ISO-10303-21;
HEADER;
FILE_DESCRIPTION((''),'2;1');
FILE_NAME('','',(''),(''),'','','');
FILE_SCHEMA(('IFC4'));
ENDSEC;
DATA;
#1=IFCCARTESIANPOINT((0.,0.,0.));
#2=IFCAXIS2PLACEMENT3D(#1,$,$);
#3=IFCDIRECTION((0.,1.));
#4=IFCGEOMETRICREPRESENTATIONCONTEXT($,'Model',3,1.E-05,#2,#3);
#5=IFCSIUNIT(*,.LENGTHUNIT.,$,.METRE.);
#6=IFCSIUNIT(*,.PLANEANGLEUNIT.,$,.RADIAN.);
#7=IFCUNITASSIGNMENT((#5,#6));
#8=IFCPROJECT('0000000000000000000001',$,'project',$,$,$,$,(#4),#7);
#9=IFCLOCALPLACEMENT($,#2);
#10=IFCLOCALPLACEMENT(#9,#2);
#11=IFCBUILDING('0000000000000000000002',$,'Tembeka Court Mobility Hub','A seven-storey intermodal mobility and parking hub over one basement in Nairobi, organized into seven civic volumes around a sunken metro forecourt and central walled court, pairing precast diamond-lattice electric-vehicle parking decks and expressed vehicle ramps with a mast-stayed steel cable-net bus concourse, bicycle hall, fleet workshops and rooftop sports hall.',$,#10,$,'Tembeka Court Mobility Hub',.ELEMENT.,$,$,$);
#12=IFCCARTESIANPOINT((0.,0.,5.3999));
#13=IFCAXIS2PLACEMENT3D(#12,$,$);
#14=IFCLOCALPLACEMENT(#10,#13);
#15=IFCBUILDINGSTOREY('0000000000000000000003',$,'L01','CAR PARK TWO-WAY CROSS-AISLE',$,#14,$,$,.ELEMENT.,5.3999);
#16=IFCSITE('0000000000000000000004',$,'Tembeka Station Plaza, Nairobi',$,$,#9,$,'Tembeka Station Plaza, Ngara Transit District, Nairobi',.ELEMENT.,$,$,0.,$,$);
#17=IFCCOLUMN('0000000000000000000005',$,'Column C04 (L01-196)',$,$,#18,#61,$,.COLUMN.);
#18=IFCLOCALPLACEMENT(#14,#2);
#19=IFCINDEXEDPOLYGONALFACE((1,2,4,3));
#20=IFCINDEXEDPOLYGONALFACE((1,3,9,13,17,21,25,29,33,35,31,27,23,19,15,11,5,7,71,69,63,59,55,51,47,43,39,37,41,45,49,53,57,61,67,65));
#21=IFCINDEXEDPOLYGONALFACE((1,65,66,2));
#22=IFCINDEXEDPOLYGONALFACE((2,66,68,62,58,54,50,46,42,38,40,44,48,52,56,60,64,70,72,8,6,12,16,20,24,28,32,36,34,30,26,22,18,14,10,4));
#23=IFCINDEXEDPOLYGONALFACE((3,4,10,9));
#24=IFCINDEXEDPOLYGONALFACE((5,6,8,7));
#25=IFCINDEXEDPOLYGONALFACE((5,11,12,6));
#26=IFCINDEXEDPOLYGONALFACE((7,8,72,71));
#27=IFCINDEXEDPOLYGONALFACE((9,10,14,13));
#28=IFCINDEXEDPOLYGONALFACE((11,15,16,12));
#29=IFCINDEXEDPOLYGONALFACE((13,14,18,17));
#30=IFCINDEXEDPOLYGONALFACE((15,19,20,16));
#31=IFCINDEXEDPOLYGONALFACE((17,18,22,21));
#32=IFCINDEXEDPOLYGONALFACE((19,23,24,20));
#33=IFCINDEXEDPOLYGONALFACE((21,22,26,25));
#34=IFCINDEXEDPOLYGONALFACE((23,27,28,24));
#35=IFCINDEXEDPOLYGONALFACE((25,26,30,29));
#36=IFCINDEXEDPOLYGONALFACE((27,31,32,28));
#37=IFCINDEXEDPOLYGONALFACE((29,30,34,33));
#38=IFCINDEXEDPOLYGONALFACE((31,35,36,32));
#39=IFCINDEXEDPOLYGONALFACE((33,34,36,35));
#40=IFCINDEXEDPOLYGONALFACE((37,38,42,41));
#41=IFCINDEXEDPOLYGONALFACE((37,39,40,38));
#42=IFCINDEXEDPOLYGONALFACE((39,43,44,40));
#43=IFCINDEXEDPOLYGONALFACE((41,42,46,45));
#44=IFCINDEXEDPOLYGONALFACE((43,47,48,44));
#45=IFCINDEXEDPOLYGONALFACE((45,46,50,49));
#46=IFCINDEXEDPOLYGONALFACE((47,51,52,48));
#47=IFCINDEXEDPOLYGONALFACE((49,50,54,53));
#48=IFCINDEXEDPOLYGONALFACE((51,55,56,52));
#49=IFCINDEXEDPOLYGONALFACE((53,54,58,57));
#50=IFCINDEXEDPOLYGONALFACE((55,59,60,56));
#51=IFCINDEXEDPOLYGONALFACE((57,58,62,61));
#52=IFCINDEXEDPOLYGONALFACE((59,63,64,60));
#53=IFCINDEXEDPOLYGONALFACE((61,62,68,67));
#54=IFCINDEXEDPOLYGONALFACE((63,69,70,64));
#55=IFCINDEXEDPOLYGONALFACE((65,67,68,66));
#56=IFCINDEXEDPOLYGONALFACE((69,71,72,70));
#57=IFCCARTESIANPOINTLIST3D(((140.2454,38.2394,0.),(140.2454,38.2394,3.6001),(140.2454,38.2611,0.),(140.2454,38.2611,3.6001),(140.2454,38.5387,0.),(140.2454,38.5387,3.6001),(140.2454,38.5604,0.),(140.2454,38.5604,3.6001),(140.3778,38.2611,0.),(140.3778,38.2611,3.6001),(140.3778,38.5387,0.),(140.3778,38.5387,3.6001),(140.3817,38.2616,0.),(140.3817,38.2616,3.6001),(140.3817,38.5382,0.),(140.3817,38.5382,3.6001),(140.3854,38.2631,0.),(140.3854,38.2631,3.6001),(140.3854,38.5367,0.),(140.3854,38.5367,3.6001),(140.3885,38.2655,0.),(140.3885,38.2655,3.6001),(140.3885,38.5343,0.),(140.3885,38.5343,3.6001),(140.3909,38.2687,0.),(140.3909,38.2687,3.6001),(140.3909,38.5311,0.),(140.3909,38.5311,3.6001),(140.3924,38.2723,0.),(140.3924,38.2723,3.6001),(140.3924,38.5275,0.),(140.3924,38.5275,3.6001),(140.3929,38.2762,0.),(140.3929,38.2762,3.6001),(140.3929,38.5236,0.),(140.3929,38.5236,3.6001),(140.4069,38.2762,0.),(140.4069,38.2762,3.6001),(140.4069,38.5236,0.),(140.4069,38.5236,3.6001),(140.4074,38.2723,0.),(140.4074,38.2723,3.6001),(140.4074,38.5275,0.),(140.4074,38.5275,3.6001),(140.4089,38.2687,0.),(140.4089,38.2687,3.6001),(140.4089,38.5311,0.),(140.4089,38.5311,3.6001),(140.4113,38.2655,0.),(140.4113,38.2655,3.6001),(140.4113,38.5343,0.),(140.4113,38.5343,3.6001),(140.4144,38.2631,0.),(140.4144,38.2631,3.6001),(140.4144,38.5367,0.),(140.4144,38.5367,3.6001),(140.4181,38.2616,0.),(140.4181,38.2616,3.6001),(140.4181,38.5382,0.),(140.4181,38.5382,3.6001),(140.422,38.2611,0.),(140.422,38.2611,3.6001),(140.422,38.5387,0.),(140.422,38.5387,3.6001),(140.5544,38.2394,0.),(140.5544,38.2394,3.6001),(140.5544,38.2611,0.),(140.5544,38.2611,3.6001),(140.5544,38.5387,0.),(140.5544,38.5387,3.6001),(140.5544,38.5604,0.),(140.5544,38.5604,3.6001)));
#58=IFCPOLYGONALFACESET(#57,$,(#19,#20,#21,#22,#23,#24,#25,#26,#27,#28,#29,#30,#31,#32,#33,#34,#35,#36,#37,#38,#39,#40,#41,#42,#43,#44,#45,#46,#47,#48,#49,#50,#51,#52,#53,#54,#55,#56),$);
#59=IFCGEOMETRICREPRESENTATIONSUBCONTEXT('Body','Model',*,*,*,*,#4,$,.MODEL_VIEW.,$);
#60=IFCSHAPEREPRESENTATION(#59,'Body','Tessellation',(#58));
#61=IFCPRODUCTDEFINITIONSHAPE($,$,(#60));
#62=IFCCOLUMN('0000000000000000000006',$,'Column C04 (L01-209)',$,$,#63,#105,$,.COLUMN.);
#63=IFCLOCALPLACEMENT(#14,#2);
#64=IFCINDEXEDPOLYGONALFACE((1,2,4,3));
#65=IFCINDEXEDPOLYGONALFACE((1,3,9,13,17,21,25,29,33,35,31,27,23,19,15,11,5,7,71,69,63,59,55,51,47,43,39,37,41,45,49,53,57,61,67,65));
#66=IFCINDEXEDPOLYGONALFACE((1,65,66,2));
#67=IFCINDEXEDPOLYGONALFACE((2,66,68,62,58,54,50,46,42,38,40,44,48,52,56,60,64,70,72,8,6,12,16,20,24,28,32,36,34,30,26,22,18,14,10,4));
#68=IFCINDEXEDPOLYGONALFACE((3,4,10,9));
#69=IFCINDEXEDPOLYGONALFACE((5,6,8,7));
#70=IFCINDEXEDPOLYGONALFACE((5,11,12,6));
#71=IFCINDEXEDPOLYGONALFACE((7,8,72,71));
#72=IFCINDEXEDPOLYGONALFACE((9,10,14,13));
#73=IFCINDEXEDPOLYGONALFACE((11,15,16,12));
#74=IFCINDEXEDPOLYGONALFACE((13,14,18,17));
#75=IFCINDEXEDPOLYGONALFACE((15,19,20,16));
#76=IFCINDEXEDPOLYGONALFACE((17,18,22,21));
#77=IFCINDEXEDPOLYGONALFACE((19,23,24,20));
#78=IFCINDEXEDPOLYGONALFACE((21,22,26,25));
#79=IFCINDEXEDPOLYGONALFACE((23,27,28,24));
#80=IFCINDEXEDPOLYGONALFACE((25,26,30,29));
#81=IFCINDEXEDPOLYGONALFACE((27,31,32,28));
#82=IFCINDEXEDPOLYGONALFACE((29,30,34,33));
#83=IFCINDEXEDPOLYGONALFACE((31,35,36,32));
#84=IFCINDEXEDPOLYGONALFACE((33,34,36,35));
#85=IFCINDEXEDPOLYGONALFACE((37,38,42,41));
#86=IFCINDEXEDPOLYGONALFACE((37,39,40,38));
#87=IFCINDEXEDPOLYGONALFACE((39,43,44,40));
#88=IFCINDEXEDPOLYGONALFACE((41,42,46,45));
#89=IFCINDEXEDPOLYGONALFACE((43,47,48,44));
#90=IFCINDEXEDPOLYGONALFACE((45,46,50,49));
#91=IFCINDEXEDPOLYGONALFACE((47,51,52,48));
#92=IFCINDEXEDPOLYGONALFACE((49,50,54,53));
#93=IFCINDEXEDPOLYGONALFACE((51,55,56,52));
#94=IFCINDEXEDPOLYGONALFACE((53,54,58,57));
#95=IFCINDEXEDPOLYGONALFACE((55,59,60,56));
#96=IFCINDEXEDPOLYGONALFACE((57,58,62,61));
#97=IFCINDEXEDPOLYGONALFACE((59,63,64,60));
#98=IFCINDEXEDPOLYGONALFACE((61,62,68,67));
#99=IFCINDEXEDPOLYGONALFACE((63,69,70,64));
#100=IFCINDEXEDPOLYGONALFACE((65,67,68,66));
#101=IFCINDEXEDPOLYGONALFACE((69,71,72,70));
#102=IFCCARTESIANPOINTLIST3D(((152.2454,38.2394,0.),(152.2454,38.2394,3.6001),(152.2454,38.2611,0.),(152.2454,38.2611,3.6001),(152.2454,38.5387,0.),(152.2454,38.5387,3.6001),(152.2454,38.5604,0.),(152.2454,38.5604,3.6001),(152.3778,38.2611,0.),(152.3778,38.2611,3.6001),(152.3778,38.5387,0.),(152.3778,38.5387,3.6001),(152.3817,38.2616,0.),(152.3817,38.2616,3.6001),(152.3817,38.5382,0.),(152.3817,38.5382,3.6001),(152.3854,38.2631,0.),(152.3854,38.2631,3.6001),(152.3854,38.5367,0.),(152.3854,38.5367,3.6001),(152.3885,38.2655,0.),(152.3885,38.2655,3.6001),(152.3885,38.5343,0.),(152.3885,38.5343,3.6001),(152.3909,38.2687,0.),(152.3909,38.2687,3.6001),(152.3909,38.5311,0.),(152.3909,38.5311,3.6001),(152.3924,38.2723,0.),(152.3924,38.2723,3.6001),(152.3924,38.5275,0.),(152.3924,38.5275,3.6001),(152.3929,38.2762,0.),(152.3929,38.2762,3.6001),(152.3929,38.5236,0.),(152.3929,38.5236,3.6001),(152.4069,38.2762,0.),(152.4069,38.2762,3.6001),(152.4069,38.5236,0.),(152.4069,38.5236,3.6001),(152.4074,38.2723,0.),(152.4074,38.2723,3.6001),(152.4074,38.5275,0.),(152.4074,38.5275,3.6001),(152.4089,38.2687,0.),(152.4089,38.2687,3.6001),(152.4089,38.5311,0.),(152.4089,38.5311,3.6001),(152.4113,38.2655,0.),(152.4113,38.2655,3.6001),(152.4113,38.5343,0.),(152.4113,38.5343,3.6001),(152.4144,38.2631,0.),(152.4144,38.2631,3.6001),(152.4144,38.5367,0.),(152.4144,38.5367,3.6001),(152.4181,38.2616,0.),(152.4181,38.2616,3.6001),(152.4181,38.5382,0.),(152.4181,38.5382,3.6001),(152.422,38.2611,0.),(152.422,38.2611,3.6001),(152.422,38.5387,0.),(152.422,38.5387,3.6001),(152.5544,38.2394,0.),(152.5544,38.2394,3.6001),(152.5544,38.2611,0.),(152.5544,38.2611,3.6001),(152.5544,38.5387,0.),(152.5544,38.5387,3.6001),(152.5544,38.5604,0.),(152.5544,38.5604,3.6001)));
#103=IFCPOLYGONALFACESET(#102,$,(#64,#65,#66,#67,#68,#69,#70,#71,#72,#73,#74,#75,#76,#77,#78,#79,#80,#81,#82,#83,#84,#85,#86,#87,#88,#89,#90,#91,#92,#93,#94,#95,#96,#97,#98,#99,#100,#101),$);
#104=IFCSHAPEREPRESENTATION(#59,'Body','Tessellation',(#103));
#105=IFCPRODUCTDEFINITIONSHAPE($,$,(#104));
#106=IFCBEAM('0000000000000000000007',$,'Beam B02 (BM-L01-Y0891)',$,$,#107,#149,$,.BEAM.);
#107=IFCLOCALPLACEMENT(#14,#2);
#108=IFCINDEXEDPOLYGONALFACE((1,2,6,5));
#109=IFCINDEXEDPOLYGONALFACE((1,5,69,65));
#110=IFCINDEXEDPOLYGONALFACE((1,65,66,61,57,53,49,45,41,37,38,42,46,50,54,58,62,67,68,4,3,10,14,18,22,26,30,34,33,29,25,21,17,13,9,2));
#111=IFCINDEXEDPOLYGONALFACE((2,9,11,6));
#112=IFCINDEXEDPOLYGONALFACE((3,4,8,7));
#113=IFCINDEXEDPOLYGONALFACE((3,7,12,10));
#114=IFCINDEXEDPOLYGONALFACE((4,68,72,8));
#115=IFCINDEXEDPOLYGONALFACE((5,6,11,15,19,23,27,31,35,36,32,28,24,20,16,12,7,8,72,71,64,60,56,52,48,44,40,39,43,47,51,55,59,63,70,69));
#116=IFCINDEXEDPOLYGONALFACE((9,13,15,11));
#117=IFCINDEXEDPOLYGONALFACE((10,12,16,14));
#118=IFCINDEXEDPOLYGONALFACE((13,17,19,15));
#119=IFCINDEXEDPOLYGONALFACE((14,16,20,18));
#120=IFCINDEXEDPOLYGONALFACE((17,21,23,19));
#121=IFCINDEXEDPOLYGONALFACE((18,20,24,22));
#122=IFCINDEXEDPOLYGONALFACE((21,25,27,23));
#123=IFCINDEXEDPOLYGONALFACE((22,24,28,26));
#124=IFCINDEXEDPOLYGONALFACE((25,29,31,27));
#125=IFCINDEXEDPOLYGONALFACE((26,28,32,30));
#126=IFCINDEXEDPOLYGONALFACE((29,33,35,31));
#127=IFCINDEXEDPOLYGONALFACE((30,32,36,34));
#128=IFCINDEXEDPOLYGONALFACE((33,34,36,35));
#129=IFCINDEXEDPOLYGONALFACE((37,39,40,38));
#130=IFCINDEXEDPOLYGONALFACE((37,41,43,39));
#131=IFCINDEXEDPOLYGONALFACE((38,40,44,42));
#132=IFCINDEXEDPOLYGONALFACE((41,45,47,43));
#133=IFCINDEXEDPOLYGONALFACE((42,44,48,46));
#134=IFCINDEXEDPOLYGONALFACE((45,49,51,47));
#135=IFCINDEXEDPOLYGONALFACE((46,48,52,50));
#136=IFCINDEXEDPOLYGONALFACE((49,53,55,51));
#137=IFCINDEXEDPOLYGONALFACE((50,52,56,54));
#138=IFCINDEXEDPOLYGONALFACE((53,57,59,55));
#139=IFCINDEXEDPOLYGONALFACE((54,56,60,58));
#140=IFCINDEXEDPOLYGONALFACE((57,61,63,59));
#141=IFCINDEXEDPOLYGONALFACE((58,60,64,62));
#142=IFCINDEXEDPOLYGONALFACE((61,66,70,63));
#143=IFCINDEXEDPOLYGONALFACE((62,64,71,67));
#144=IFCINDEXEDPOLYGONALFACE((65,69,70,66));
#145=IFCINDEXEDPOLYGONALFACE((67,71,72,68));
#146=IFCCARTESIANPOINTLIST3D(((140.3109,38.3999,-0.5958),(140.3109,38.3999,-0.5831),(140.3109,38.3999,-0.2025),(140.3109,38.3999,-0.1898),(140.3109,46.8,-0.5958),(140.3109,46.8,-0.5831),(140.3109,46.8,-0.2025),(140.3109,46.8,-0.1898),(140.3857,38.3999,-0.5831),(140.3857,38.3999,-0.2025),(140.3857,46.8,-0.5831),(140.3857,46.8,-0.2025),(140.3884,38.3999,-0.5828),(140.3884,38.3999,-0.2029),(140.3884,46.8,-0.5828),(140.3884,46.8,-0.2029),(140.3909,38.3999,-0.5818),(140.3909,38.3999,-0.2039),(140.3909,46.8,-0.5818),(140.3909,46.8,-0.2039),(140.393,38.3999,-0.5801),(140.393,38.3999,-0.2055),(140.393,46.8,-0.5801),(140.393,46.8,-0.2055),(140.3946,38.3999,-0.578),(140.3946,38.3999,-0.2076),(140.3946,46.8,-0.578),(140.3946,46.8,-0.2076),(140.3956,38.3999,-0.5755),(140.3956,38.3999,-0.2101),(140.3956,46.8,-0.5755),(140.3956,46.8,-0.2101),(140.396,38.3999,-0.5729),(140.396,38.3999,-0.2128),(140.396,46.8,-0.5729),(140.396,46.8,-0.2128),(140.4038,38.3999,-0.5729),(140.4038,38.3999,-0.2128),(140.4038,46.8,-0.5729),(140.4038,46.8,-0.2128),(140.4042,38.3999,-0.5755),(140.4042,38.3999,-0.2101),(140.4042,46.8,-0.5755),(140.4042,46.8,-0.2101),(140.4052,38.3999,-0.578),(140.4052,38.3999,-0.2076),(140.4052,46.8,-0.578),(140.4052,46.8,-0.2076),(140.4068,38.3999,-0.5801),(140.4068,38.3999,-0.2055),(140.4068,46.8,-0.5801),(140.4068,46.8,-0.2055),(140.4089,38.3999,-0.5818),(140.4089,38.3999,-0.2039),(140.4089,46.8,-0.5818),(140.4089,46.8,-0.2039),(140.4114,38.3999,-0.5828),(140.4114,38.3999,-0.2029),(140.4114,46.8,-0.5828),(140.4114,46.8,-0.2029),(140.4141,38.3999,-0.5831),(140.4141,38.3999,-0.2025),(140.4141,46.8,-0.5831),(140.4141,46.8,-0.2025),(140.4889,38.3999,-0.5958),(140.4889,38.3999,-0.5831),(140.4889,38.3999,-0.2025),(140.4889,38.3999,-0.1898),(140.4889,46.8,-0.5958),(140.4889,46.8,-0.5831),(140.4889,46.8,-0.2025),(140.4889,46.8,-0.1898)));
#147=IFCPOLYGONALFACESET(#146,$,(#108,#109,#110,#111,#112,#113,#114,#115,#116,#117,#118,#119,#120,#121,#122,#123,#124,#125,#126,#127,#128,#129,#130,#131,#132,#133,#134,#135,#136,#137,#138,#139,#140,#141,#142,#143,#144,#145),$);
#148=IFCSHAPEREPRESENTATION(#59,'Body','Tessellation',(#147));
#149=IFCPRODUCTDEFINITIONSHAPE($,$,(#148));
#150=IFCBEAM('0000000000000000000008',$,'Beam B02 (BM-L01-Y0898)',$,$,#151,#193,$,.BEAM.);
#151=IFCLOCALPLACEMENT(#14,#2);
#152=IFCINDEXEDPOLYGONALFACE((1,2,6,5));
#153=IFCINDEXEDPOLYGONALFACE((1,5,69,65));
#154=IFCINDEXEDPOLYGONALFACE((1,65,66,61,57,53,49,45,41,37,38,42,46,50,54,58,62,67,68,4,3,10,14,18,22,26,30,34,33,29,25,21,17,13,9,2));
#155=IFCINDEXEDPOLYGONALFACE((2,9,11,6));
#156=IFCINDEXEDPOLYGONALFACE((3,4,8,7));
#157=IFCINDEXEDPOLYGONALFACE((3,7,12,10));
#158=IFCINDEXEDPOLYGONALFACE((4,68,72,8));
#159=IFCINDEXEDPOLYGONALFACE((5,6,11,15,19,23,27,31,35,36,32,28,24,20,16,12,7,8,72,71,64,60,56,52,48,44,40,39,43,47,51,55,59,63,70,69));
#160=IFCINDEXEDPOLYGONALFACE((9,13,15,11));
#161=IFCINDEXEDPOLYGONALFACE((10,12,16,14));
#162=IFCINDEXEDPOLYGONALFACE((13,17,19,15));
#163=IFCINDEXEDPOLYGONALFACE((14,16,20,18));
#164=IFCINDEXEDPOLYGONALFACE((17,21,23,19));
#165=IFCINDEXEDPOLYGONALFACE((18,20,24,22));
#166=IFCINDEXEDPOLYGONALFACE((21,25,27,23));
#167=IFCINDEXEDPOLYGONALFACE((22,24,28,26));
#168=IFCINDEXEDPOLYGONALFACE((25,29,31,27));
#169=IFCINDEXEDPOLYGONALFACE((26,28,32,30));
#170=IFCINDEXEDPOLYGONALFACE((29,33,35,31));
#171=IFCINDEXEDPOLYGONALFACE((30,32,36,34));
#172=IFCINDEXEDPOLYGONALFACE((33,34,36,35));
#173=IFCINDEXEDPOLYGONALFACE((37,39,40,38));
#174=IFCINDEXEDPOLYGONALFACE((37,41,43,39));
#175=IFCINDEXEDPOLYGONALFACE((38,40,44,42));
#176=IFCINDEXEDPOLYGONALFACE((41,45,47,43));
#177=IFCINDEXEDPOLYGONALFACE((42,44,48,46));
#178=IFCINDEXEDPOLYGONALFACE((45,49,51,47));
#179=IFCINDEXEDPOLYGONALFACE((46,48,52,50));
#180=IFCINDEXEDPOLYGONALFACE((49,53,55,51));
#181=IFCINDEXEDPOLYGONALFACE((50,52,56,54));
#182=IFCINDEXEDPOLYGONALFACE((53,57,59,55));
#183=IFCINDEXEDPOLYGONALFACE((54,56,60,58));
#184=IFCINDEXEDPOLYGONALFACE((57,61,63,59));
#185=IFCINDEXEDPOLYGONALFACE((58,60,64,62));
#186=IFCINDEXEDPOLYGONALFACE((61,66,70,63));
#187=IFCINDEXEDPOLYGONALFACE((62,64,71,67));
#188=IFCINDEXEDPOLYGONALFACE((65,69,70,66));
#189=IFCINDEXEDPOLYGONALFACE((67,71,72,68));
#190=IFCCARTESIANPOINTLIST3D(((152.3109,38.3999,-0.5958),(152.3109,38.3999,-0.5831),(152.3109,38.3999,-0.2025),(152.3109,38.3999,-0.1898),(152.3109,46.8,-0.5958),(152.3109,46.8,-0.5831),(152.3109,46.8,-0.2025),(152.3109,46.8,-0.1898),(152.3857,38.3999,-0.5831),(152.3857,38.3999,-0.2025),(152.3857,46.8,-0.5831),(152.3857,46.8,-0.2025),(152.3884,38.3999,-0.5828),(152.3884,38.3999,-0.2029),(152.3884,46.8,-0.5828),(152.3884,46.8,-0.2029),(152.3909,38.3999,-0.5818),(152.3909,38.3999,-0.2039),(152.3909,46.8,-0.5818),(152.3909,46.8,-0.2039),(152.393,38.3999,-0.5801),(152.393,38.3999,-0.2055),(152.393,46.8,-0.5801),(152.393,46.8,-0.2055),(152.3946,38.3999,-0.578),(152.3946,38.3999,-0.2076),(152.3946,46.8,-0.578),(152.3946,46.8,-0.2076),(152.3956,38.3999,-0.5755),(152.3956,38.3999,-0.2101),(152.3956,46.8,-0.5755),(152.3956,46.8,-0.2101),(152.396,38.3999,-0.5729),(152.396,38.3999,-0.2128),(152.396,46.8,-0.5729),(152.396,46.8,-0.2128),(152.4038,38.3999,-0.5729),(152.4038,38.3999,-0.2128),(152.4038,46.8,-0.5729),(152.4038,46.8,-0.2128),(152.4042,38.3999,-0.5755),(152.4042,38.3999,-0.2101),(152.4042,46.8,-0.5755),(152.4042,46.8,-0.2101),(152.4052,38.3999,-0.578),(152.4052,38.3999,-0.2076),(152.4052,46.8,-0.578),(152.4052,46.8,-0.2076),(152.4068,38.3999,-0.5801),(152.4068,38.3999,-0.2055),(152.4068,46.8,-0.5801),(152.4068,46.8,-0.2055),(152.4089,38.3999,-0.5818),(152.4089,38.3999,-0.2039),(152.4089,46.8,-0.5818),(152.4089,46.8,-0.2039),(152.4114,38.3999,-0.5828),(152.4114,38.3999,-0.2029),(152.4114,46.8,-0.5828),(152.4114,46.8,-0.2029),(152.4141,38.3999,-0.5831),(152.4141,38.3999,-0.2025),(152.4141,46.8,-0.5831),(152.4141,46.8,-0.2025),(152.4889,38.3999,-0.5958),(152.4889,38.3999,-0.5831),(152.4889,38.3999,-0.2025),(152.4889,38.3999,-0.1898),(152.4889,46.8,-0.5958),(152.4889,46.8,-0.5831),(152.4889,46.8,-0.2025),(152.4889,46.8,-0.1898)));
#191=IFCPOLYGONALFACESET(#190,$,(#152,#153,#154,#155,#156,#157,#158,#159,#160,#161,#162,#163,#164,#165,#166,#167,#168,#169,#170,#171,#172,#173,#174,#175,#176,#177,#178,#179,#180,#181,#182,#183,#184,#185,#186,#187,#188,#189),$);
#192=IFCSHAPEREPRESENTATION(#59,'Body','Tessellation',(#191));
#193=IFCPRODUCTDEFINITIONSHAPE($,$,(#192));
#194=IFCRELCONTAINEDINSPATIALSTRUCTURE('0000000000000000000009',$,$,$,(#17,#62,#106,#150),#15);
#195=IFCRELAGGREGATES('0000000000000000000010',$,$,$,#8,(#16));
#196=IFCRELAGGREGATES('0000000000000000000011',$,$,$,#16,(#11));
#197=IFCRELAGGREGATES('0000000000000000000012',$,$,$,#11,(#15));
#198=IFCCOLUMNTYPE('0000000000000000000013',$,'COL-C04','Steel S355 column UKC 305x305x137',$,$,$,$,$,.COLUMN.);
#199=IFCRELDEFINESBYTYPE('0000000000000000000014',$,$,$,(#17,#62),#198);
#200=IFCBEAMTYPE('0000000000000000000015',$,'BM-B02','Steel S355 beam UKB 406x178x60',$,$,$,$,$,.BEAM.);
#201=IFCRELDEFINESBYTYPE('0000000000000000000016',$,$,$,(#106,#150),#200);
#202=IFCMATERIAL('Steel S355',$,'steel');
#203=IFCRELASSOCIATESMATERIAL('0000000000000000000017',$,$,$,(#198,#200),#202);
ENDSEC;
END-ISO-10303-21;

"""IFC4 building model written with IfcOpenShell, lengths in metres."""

from ifc_helpers import new_model, si_unit, direction, frame, origin, origin_2d, place, context, subcontext, project, spatial, i_section, extrude, material, material_profile, profile_set, type_object, element, save


model = new_model("IFC4")

# Units and contexts
model_context = context("Model", 3, precision=1e-05, world=origin(), true_north=direction((0.0, 1.0)))
body_context = subcontext(model_context, "Body", "Model", "MODEL_VIEW")
ifc_project = project(units=[si_unit("LENGTHUNIT", "METRE"), si_unit("PLANEANGLEUNIT", "RADIAN")], contexts=[model_context])

# Site, building, storey
site_placement = place(None, origin())
site = spatial("IfcSite", under=ifc_project, at=site_placement, Name="Tembeka Station Plaza, Nairobi", LongName="Tembeka Station Plaza, Ngara Transit District, Nairobi", CompositionType="ELEMENT", RefElevation=0.0)
building_placement = place(site_placement, origin())
building = spatial("IfcBuilding", under=site, at=building_placement, Name="Tembeka Court Mobility Hub", Description="A seven-storey intermodal mobility and parking hub over one basement in Nairobi, organized into seven civic volumes around a sunken metro forecourt and central walled court, pairing precast diamond-lattice electric-vehicle parking decks and expressed vehicle ramps with a mast-stayed steel cable-net bus concourse, bicycle hall, fleet workshops and rooftop sports hall.", LongName="Tembeka Court Mobility Hub", CompositionType="ELEMENT")
storey_placement = place(building_placement, frame((0.0, 0.0, 5.3999)))
storey = spatial("IfcBuildingStorey", under=building, at=storey_placement, Name="L01", Description="CAR PARK TWO-WAY CROSS-AISLE", CompositionType="ELEMENT", Elevation=5.3999)

# Columns
ifc_material_1 = material(Name="Steel S355", Category="steel")
ifc_material_profile_1 = material_profile(ifc_material_1, i_section(OverallWidth=0.3091, OverallDepth=0.321, WebThickness=0.0139, FlangeThickness=0.0217, FilletRadius=0.0151, at=origin_2d()), Name="UKC 305x305x137")
ifc_profile_set_1 = profile_set([ifc_material_profile_1], Name="Steel S355")
column_type = type_object("IfcColumnType", Name="COL-C04", Description="Steel S355 column UKC 305x305x137", PredefinedType="COLUMN", material=ifc_profile_set_1)
for number, where, z_axis, x_axis, name in (
    (1, (140.3999, 38.3999, 0.0), (0.0, 0.0, 1.0), (1.0, 0.0, 0.0), "Column C04 (L01-196)"),
    (2, (152.3999, 38.3999, 0.0), (0.0, 0.0, 1.0), (1.0, 0.0, 0.0), "Column C04 (L01-209)"),
):
    element("IfcColumn", number, at=place(storey_placement, frame(where, z_axis=z_axis, x_axis=x_axis)), inside=storey, type_object=column_type, Name=name, PredefinedType="COLUMN", context=body_context, shape_type="SweptSolid", body=[
        extrude(i_section(OverallWidth=0.3091, OverallDepth=0.321, WebThickness=0.0139, FlangeThickness=0.0217, FilletRadius=0.0151, at=origin_2d()), origin(), (0.0, 0.0, 1.0), 3.6001),
    ])

# Beams
ifc_material_profile_2 = material_profile(ifc_material_1, i_section(OverallWidth=0.178, OverallDepth=0.406, WebThickness=0.0078, FlangeThickness=0.0127, FilletRadius=0.0103, at=origin_2d()), Name="UKB 406x178x60")
ifc_profile_set_2 = profile_set([ifc_material_profile_2], Name="Steel S355")
beam_type_1 = type_object("IfcBeamType", Name="BM-B02", Description="Steel S355 beam UKB 406x178x60", PredefinedType="BEAM", material=ifc_profile_set_2)
for number, where, z_axis, x_axis, name in (
    (3, (140.3999, 38.3999, -0.3928), (0.0, 1.0, 0.0), (-1.0, 0.0, 0.0), "Beam B02 (BM-L01-Y0891)"),
    (4, (152.3999, 38.3999, -0.3928), (0.0, 1.0, 0.0), (-1.0, 0.0, 0.0), "Beam B02 (BM-L01-Y0898)"),
):
    element("IfcBeam", number, at=place(storey_placement, frame(where, z_axis=z_axis, x_axis=x_axis)), inside=storey, type_object=beam_type_1, Name=name, PredefinedType="BEAM", context=body_context, shape_type="SweptSolid", body=[
        extrude(i_section(OverallWidth=0.178, OverallDepth=0.406, WebThickness=0.0078, FlangeThickness=0.0127, FilletRadius=0.0103, at=origin_2d()), origin(), (0.0, 0.0, 1.0), 8.4001),
    ])

save(model, "model.ifc")
